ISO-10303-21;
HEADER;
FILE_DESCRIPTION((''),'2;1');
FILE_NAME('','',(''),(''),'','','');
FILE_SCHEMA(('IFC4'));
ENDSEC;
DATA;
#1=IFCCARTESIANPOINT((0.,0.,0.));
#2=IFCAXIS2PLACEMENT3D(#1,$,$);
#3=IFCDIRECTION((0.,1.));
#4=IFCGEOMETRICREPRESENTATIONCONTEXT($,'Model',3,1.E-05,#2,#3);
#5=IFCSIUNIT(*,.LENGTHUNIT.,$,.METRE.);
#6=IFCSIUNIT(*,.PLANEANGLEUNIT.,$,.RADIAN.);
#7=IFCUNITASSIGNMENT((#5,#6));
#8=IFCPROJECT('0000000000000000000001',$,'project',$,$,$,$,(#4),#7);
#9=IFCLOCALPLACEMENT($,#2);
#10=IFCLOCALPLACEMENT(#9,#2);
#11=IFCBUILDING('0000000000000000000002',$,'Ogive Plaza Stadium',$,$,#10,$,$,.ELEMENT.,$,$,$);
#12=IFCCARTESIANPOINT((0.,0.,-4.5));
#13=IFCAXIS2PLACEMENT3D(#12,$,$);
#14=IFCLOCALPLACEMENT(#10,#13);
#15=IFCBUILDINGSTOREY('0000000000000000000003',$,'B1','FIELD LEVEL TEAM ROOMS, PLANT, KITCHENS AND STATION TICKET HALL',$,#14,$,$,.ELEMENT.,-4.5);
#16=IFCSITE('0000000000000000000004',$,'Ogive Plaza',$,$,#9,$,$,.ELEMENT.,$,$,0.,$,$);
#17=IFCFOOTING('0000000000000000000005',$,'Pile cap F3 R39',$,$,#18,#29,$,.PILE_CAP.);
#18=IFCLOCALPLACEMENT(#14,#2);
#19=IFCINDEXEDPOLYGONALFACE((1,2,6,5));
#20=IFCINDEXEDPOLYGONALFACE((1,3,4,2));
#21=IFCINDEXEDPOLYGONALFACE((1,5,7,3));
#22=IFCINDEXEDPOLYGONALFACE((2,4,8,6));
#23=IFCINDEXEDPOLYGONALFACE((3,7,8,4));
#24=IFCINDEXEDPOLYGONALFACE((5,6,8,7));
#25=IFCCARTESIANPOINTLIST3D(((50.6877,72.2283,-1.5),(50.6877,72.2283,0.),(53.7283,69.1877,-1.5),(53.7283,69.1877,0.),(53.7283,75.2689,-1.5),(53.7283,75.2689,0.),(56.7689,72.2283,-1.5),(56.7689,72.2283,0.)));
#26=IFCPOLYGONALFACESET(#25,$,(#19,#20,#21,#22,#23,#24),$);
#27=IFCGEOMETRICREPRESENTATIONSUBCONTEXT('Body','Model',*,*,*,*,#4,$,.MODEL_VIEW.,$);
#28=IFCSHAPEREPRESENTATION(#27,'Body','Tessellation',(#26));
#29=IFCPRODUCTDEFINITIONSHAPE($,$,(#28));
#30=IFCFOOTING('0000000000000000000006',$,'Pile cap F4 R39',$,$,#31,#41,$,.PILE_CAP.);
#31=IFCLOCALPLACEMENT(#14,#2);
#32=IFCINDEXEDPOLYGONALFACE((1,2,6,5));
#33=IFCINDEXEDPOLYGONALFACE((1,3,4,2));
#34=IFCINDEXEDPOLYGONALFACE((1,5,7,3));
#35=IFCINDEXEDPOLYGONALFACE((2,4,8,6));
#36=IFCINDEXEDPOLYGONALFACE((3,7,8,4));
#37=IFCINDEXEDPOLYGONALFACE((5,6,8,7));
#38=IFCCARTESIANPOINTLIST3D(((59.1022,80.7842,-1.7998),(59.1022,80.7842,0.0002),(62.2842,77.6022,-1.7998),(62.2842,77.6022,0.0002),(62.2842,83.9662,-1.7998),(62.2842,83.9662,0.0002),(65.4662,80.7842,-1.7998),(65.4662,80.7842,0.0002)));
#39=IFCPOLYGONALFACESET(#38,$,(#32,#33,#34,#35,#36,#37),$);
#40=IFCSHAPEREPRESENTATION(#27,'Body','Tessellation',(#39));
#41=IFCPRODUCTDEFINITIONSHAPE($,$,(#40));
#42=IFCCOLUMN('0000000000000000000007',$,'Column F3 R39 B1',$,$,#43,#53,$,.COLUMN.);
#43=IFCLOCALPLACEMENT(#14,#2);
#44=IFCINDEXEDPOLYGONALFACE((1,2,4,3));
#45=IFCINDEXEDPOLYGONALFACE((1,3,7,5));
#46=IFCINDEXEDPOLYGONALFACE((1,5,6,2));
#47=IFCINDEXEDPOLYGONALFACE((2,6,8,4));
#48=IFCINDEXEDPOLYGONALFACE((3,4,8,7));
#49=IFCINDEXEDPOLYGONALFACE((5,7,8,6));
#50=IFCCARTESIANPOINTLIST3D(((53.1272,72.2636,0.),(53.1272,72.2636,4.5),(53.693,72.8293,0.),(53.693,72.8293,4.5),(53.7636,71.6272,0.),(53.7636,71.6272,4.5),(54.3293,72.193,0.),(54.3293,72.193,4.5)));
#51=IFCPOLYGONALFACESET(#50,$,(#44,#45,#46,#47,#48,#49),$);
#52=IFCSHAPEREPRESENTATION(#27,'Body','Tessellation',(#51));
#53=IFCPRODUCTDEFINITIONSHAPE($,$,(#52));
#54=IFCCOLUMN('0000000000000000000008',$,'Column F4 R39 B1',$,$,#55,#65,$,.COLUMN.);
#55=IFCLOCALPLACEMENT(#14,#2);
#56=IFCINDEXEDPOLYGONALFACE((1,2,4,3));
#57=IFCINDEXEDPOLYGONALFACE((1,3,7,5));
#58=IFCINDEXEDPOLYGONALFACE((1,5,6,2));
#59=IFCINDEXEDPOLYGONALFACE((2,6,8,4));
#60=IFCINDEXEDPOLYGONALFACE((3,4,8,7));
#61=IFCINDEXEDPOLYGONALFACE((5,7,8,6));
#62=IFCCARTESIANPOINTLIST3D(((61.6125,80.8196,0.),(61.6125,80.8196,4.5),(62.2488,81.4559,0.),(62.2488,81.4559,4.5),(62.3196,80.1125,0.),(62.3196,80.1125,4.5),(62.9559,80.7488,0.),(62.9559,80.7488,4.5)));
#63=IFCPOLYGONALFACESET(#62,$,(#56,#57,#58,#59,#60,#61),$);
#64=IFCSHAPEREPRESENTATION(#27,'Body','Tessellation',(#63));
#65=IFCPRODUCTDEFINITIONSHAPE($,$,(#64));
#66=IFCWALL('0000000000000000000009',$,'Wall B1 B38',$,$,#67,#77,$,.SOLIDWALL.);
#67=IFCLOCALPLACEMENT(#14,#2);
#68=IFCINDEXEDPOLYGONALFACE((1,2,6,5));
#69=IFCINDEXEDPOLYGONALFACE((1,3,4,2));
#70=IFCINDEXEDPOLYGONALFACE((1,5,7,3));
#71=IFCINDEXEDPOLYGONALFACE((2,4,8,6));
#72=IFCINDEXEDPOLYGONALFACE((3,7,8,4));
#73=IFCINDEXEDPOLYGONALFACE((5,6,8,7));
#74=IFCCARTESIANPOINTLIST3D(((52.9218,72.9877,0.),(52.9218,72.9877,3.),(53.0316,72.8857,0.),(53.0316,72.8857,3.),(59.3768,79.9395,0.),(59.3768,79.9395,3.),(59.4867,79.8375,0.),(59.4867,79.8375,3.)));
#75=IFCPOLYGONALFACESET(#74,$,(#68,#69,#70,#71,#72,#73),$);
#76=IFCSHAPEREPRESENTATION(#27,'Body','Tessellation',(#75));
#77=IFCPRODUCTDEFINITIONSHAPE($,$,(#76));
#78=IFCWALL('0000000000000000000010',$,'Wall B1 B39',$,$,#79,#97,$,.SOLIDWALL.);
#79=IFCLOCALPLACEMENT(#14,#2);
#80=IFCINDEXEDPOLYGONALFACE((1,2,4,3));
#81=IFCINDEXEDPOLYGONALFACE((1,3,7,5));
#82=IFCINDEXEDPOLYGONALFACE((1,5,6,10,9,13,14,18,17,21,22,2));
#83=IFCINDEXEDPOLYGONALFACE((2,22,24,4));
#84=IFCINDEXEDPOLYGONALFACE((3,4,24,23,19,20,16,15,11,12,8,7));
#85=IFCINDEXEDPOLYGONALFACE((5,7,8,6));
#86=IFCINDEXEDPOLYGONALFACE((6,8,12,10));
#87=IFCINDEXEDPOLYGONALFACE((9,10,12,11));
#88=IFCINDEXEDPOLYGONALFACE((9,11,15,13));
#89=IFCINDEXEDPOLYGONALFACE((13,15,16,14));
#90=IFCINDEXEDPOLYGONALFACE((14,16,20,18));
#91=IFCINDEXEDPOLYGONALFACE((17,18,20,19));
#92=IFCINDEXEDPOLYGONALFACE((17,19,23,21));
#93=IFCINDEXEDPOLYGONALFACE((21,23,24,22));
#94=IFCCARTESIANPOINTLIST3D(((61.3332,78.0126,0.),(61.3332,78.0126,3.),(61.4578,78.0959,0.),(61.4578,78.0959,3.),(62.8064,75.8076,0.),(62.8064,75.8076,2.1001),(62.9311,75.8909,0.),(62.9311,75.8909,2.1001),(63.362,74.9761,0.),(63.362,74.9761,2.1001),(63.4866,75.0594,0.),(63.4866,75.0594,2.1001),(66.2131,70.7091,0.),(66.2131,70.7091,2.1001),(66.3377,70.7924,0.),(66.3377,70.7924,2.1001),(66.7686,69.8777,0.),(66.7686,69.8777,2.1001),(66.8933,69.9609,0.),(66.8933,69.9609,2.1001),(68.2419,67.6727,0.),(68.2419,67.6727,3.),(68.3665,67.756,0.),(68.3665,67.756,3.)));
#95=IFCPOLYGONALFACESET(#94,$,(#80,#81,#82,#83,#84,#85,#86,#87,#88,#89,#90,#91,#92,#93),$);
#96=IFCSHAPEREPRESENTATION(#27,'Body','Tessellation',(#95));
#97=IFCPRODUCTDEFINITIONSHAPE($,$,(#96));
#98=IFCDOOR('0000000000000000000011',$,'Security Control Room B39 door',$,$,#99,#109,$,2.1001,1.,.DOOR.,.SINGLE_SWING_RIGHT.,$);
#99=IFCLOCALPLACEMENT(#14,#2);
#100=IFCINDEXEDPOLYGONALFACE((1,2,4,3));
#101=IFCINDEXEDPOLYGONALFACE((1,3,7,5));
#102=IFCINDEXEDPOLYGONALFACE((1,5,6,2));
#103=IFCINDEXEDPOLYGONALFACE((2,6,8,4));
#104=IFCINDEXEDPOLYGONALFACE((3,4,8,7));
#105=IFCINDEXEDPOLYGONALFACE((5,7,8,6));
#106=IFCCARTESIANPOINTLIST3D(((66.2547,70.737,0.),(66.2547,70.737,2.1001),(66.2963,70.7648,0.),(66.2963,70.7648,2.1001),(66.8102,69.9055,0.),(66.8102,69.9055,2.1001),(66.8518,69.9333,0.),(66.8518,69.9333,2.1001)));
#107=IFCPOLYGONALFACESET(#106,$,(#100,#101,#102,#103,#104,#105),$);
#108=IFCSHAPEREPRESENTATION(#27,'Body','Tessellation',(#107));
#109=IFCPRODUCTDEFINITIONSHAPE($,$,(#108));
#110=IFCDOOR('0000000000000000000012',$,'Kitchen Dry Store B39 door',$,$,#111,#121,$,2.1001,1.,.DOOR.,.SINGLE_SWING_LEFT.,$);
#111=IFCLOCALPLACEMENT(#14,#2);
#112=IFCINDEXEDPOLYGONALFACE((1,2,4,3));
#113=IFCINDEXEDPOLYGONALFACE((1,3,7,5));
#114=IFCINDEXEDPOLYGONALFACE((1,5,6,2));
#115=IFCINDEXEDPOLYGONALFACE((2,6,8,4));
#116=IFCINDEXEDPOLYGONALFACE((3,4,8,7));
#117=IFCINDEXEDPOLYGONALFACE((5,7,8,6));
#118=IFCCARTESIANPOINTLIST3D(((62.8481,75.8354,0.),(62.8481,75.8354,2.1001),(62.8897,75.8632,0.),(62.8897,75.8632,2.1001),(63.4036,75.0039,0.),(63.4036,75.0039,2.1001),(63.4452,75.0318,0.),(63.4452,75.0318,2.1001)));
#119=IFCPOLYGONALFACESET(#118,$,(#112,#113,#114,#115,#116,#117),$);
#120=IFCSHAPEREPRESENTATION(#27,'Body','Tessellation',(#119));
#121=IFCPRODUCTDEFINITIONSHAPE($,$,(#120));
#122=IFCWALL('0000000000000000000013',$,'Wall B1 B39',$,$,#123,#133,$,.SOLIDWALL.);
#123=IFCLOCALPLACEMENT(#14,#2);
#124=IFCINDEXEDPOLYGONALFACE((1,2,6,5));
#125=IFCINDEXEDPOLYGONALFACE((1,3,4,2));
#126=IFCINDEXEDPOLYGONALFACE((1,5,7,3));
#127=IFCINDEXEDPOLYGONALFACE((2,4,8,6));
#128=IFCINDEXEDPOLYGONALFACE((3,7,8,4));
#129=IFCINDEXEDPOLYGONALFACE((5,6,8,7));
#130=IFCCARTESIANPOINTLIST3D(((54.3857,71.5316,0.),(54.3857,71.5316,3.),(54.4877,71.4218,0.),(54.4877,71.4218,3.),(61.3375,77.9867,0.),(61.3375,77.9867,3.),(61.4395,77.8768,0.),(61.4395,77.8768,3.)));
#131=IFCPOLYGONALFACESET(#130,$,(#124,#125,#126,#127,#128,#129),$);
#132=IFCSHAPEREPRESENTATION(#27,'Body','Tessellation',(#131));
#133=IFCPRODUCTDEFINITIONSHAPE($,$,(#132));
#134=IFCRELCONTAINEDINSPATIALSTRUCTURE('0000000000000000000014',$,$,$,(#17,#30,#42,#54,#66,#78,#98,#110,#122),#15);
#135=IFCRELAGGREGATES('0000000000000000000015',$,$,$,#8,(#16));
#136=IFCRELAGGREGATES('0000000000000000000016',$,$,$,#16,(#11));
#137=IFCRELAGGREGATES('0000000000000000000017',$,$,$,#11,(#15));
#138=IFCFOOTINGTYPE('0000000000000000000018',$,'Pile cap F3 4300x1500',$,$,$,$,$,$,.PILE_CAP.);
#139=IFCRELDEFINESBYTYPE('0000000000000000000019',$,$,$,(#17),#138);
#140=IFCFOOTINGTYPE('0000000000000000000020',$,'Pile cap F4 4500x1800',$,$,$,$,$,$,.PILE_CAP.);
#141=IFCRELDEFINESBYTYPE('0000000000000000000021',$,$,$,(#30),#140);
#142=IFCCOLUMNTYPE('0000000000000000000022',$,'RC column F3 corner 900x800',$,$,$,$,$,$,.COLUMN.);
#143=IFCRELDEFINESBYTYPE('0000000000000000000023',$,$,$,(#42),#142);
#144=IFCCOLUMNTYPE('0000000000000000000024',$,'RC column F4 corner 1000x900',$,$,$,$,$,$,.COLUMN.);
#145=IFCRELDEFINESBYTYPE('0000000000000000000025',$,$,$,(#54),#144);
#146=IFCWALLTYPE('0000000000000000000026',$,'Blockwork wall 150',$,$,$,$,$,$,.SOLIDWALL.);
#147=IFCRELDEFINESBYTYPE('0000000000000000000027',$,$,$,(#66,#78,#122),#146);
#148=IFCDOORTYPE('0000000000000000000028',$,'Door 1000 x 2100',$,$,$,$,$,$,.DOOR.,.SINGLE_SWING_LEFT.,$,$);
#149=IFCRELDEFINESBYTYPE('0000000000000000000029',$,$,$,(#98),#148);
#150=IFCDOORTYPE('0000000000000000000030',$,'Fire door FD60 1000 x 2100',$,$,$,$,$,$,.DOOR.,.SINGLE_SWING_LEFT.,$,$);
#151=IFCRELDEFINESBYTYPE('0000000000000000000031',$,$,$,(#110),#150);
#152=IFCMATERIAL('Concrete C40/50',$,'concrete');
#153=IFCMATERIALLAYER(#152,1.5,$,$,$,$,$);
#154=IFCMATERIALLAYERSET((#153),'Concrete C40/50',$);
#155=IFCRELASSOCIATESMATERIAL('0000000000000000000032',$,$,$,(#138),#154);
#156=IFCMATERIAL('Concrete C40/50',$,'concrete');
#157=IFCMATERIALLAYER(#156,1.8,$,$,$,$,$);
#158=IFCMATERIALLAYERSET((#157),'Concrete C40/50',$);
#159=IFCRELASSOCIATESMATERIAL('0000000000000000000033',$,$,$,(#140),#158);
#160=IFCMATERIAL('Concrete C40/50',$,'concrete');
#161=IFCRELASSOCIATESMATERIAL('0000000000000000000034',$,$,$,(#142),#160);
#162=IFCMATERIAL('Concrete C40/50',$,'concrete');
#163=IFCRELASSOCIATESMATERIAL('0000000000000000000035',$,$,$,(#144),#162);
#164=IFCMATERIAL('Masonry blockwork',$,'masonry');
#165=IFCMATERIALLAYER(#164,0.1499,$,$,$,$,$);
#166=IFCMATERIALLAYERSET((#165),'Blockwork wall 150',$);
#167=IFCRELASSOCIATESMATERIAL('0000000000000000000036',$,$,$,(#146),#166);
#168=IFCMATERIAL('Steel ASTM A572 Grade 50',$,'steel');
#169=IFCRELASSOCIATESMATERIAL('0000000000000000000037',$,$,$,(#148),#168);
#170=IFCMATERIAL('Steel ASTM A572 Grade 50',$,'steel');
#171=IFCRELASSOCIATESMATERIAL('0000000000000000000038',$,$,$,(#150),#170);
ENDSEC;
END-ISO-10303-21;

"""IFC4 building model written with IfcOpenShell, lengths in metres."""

from ifc_helpers import new_model, si_unit, direction, frame, frame_2d, origin, origin_2d, place, context, subcontext, project, spatial, rectangle, extrude, material, layer, layer_set, material_profile, profile_set, type_object, element, fill, save


model = new_model("IFC4")

# Units and contexts
model_context = context("Model", 3, precision=1e-05, world=origin(), true_north=direction((0.0, 1.0)))
body_context = subcontext(model_context, "Body", "Model", "MODEL_VIEW")
ifc_project = project(units=[si_unit("LENGTHUNIT", "METRE"), si_unit("PLANEANGLEUNIT", "RADIAN")], contexts=[model_context])

# Site, building, storey
site_placement = place(None, origin())
site = spatial("IfcSite", under=ifc_project, at=site_placement, Name="Ogive Plaza", CompositionType="ELEMENT", RefElevation=0.0)
building_placement = place(site_placement, origin())
building = spatial("IfcBuilding", under=site, at=building_placement, Name="Ogive Plaza Stadium", CompositionType="ELEMENT")
storey_placement = place(building_placement, frame((0.0, 0.0, -4.5)))
storey = spatial("IfcBuildingStorey", under=building, at=storey_placement, Name="B1", Description="FIELD LEVEL TEAM ROOMS, PLANT, KITCHENS AND STATION TICKET HALL", CompositionType="ELEMENT", Elevation=-4.5)

# Footings
ifc_material_1 = material(Name="Concrete C40/50", Category="concrete")
ifc_layer_1 = layer(ifc_material_1, 1.5)
ifc_layer_set_1 = layer_set([ifc_layer_1], Name="Concrete C40/50")
footing_type_1 = type_object("IfcFootingType", Name="Pile cap F3 4300x1500", PredefinedType="PILE_CAP", material=ifc_layer_set_1)
footing_1_placement = place(storey_placement, frame((53.7283, 72.2283, -1.5), z_axis=(0.0, 0.0, 1.0), x_axis=(0.707107, 0.707107, 0.0)))
element("IfcFooting", 1, at=footing_1_placement, inside=storey, type_object=footing_type_1, Name="Pile cap F3 R39", PredefinedType="PILE_CAP", context=body_context, shape_type="SweptSolid", body=[
    extrude(rectangle(XDim=4.3, YDim=4.3, at=origin_2d()), origin(), (0.0, 0.0, 1.0), 1.5),
])
ifc_material_2 = material(Name="Concrete C40/50", Category="concrete")
ifc_layer_2 = layer(ifc_material_2, 1.8)
ifc_layer_set_2 = layer_set([ifc_layer_2], Name="Concrete C40/50")
footing_type_2 = type_object("IfcFootingType", Name="Pile cap F4 4500x1800", PredefinedType="PILE_CAP", material=ifc_layer_set_2)
footing_2_placement = place(storey_placement, frame((62.2842, 80.7842, -1.7998), z_axis=(0.0, 0.0, 1.0), x_axis=(0.707107, 0.707107, 0.0)))
element("IfcFooting", 2, at=footing_2_placement, inside=storey, type_object=footing_type_2, Name="Pile cap F4 R39", PredefinedType="PILE_CAP", context=body_context, shape_type="SweptSolid", body=[
    extrude(rectangle(XDim=4.5, YDim=4.5, at=origin_2d()), origin(), (0.0, 0.0, 1.0), 1.8),
])

# Columns
ifc_material_3 = material(Name="Concrete C40/50", Category="concrete")
ifc_material_profile_1 = material_profile(ifc_material_3, rectangle(XDim=0.8999, YDim=0.8, at=origin_2d()), Name="RC 900x800")
ifc_profile_set_1 = profile_set([ifc_material_profile_1], Name="Concrete C40/50")
column_type_1 = type_object("IfcColumnType", Name="RC column F3 corner 900x800", PredefinedType="COLUMN", material=ifc_profile_set_1)
column_1_placement = place(storey_placement, frame((53.7283, 72.2283, 0.0), z_axis=(0.0, 0.0, 1.0), x_axis=(-0.707107, 0.707107, 0.0)))
element("IfcColumn", 3, at=column_1_placement, inside=storey, type_object=column_type_1, Name="Column F3 R39 B1", PredefinedType="COLUMN", context=body_context, shape_type="SweptSolid", body=[
    extrude(rectangle(XDim=0.8999, YDim=0.8, at=origin_2d()), origin(), (0.0, 0.0, 1.0), 4.5),
])
ifc_material_4 = material(Name="Concrete C40/50", Category="concrete")
ifc_material_profile_2 = material_profile(ifc_material_4, rectangle(XDim=1.0, YDim=0.8999, at=origin_2d()), Name="RC 1000x900")
ifc_profile_set_2 = profile_set([ifc_material_profile_2], Name="Concrete C40/50")
column_type_2 = type_object("IfcColumnType", Name="RC column F4 corner 1000x900", PredefinedType="COLUMN", material=ifc_profile_set_2)
column_2_placement = place(storey_placement, frame((62.2842, 80.7842, 0.0), z_axis=(0.0, 0.0, 1.0), x_axis=(-0.707107, 0.707107, 0.0)))
element("IfcColumn", 4, at=column_2_placement, inside=storey, type_object=column_type_2, Name="Column F4 R39 B1", PredefinedType="COLUMN", context=body_context, shape_type="SweptSolid", body=[
    extrude(rectangle(XDim=1.0, YDim=0.8999, at=origin_2d()), origin(), (0.0, 0.0, 1.0), 4.5),
])

# Wall
ifc_material_5 = material(Name="Masonry blockwork", Category="masonry")
ifc_layer_3 = layer(ifc_material_5, 0.1499)
ifc_layer_set_3 = layer_set([ifc_layer_3], Name="Blockwork wall 150")
wall_type_1 = type_object("IfcWallType", Name="Blockwork wall 150", PredefinedType="SOLIDWALL", material=ifc_layer_set_3)
wall_1_placement = place(storey_placement, frame((52.9768, 72.9368, 0.0), z_axis=(0.0, 0.0, 1.0), x_axis=(0.680436, 0.732807, 0.0)))
element("IfcWall", 5, at=wall_1_placement, inside=storey, type_object=wall_type_1, Name="Wall B1 B38", PredefinedType="SOLIDWALL", context=body_context, shape_type="SweptSolid", body=[
    extrude(rectangle(XDim=9.4866, YDim=0.1499, at=frame_2d((4.7432, 0.0))), origin(), (0.0, 0.0, 1.0), 3.0),
])

# Wall, openings, doors
wall_2_placement = place(storey_placement, frame((68.3042, 67.7144, 0.0), z_axis=(0.0, 0.0, 1.0), x_axis=(-0.555561, 0.831476, 0.0)))
wall_2 = element("IfcWall", 6, at=wall_2_placement, inside=storey, type_object=wall_type_1, Name="Wall B1 B39", PredefinedType="SOLIDWALL", context=body_context, shape_type="SweptSolid", body=[
    extrude(rectangle(XDim=12.4355, YDim=0.1499, at=frame_2d((6.2178, 0.0))), origin(), (0.0, 0.0, 1.0), 3.0),
])
opening_1_placement = place(wall_2_placement, frame((2.6519, 0.0, 0.0)))
opening_1 = element("IfcOpeningElement", 7, at=opening_1_placement, cuts=wall_2, PredefinedType="OPENING", context=body_context, shape_type="SweptSolid", body=[
    extrude(rectangle(XDim=1.0, YDim=2.1001, at=frame_2d((0.5, 1.05))), frame((0.0, 0.075, 0.0), z_axis=(0.0, -1.0, 0.0), x_axis=(1.0, 0.0, 0.0)), (0.0, 0.0, 1.0), 0.1499),
])
opening_2_placement = place(wall_2_placement, frame((8.7837, 0.0, 0.0)))
opening_2 = element("IfcOpeningElement", 8, at=opening_2_placement, cuts=wall_2, PredefinedType="OPENING", context=body_context, shape_type="SweptSolid", body=[
    extrude(rectangle(XDim=1.0, YDim=2.1001, at=frame_2d((0.5, 1.05))), frame((0.0, 0.075, 0.0), z_axis=(0.0, -1.0, 0.0), x_axis=(1.0, 0.0, 0.0)), (0.0, 0.0, 1.0), 0.1499),
])
ifc_material_6 = material(Name="Steel ASTM A572 Grade 50", Category="steel")
door_type_1 = type_object("IfcDoorType", Name="Door 1000 x 2100", OperationType="SINGLE_SWING_LEFT", PredefinedType="DOOR", material=ifc_material_6)
door_1_placement = place(opening_1_placement, origin())
door_1 = element("IfcDoor", 9, at=door_1_placement, inside=storey, type_object=door_type_1, Name="Security Control Room B39 door", OperationType="SINGLE_SWING_RIGHT", OverallHeight=2.1001, OverallWidth=1.0, PredefinedType="DOOR", context=body_context, shape_type="SweptSolid", body=[
    extrude(rectangle(XDim=1.0, YDim=2.1001, at=frame_2d((0.5, 1.05))), frame((0.0, 0.0249, 0.0), z_axis=(0.0, -1.0, 0.0), x_axis=(1.0, 0.0, 0.0)), (0.0, 0.0, 1.0), 0.05),
])
fill(opening_1, door_1)
ifc_material_7 = material(Name="Steel ASTM A572 Grade 50", Category="steel")
door_type_2 = type_object("IfcDoorType", Name="Fire door FD60 1000 x 2100", OperationType="SINGLE_SWING_LEFT", PredefinedType="DOOR", material=ifc_material_7)
door_2_placement = place(opening_2_placement, origin())
door_2 = element("IfcDoor", 10, at=door_2_placement, inside=storey, type_object=door_type_2, Name="Kitchen Dry Store B39 door", OperationType="SINGLE_SWING_LEFT", OverallHeight=2.1001, OverallWidth=1.0, PredefinedType="DOOR", context=body_context, shape_type="SweptSolid", body=[
    extrude(rectangle(XDim=1.0, YDim=2.1001, at=frame_2d((0.5, 1.05))), frame((0.0, 0.0249, 0.0), z_axis=(0.0, -1.0, 0.0), x_axis=(1.0, 0.0, 0.0)), (0.0, 0.0, 1.0), 0.05),
])
fill(opening_2, door_2)

# Wall
wall_3_placement = place(storey_placement, frame((54.4368, 71.4768, 0.0), z_axis=(0.0, 0.0, 1.0), x_axis=(0.732807, 0.680436, 0.0)))
element("IfcWall", 11, at=wall_3_placement, inside=storey, type_object=wall_type_1, Name="Wall B1 B39", PredefinedType="SOLIDWALL", context=body_context, shape_type="SweptSolid", body=[
    extrude(rectangle(XDim=9.4866, YDim=0.1499, at=frame_2d((4.7432, 0.0))), origin(), (0.0, 0.0, 1.0), 3.0),
])

save(model, "model.ifc")
